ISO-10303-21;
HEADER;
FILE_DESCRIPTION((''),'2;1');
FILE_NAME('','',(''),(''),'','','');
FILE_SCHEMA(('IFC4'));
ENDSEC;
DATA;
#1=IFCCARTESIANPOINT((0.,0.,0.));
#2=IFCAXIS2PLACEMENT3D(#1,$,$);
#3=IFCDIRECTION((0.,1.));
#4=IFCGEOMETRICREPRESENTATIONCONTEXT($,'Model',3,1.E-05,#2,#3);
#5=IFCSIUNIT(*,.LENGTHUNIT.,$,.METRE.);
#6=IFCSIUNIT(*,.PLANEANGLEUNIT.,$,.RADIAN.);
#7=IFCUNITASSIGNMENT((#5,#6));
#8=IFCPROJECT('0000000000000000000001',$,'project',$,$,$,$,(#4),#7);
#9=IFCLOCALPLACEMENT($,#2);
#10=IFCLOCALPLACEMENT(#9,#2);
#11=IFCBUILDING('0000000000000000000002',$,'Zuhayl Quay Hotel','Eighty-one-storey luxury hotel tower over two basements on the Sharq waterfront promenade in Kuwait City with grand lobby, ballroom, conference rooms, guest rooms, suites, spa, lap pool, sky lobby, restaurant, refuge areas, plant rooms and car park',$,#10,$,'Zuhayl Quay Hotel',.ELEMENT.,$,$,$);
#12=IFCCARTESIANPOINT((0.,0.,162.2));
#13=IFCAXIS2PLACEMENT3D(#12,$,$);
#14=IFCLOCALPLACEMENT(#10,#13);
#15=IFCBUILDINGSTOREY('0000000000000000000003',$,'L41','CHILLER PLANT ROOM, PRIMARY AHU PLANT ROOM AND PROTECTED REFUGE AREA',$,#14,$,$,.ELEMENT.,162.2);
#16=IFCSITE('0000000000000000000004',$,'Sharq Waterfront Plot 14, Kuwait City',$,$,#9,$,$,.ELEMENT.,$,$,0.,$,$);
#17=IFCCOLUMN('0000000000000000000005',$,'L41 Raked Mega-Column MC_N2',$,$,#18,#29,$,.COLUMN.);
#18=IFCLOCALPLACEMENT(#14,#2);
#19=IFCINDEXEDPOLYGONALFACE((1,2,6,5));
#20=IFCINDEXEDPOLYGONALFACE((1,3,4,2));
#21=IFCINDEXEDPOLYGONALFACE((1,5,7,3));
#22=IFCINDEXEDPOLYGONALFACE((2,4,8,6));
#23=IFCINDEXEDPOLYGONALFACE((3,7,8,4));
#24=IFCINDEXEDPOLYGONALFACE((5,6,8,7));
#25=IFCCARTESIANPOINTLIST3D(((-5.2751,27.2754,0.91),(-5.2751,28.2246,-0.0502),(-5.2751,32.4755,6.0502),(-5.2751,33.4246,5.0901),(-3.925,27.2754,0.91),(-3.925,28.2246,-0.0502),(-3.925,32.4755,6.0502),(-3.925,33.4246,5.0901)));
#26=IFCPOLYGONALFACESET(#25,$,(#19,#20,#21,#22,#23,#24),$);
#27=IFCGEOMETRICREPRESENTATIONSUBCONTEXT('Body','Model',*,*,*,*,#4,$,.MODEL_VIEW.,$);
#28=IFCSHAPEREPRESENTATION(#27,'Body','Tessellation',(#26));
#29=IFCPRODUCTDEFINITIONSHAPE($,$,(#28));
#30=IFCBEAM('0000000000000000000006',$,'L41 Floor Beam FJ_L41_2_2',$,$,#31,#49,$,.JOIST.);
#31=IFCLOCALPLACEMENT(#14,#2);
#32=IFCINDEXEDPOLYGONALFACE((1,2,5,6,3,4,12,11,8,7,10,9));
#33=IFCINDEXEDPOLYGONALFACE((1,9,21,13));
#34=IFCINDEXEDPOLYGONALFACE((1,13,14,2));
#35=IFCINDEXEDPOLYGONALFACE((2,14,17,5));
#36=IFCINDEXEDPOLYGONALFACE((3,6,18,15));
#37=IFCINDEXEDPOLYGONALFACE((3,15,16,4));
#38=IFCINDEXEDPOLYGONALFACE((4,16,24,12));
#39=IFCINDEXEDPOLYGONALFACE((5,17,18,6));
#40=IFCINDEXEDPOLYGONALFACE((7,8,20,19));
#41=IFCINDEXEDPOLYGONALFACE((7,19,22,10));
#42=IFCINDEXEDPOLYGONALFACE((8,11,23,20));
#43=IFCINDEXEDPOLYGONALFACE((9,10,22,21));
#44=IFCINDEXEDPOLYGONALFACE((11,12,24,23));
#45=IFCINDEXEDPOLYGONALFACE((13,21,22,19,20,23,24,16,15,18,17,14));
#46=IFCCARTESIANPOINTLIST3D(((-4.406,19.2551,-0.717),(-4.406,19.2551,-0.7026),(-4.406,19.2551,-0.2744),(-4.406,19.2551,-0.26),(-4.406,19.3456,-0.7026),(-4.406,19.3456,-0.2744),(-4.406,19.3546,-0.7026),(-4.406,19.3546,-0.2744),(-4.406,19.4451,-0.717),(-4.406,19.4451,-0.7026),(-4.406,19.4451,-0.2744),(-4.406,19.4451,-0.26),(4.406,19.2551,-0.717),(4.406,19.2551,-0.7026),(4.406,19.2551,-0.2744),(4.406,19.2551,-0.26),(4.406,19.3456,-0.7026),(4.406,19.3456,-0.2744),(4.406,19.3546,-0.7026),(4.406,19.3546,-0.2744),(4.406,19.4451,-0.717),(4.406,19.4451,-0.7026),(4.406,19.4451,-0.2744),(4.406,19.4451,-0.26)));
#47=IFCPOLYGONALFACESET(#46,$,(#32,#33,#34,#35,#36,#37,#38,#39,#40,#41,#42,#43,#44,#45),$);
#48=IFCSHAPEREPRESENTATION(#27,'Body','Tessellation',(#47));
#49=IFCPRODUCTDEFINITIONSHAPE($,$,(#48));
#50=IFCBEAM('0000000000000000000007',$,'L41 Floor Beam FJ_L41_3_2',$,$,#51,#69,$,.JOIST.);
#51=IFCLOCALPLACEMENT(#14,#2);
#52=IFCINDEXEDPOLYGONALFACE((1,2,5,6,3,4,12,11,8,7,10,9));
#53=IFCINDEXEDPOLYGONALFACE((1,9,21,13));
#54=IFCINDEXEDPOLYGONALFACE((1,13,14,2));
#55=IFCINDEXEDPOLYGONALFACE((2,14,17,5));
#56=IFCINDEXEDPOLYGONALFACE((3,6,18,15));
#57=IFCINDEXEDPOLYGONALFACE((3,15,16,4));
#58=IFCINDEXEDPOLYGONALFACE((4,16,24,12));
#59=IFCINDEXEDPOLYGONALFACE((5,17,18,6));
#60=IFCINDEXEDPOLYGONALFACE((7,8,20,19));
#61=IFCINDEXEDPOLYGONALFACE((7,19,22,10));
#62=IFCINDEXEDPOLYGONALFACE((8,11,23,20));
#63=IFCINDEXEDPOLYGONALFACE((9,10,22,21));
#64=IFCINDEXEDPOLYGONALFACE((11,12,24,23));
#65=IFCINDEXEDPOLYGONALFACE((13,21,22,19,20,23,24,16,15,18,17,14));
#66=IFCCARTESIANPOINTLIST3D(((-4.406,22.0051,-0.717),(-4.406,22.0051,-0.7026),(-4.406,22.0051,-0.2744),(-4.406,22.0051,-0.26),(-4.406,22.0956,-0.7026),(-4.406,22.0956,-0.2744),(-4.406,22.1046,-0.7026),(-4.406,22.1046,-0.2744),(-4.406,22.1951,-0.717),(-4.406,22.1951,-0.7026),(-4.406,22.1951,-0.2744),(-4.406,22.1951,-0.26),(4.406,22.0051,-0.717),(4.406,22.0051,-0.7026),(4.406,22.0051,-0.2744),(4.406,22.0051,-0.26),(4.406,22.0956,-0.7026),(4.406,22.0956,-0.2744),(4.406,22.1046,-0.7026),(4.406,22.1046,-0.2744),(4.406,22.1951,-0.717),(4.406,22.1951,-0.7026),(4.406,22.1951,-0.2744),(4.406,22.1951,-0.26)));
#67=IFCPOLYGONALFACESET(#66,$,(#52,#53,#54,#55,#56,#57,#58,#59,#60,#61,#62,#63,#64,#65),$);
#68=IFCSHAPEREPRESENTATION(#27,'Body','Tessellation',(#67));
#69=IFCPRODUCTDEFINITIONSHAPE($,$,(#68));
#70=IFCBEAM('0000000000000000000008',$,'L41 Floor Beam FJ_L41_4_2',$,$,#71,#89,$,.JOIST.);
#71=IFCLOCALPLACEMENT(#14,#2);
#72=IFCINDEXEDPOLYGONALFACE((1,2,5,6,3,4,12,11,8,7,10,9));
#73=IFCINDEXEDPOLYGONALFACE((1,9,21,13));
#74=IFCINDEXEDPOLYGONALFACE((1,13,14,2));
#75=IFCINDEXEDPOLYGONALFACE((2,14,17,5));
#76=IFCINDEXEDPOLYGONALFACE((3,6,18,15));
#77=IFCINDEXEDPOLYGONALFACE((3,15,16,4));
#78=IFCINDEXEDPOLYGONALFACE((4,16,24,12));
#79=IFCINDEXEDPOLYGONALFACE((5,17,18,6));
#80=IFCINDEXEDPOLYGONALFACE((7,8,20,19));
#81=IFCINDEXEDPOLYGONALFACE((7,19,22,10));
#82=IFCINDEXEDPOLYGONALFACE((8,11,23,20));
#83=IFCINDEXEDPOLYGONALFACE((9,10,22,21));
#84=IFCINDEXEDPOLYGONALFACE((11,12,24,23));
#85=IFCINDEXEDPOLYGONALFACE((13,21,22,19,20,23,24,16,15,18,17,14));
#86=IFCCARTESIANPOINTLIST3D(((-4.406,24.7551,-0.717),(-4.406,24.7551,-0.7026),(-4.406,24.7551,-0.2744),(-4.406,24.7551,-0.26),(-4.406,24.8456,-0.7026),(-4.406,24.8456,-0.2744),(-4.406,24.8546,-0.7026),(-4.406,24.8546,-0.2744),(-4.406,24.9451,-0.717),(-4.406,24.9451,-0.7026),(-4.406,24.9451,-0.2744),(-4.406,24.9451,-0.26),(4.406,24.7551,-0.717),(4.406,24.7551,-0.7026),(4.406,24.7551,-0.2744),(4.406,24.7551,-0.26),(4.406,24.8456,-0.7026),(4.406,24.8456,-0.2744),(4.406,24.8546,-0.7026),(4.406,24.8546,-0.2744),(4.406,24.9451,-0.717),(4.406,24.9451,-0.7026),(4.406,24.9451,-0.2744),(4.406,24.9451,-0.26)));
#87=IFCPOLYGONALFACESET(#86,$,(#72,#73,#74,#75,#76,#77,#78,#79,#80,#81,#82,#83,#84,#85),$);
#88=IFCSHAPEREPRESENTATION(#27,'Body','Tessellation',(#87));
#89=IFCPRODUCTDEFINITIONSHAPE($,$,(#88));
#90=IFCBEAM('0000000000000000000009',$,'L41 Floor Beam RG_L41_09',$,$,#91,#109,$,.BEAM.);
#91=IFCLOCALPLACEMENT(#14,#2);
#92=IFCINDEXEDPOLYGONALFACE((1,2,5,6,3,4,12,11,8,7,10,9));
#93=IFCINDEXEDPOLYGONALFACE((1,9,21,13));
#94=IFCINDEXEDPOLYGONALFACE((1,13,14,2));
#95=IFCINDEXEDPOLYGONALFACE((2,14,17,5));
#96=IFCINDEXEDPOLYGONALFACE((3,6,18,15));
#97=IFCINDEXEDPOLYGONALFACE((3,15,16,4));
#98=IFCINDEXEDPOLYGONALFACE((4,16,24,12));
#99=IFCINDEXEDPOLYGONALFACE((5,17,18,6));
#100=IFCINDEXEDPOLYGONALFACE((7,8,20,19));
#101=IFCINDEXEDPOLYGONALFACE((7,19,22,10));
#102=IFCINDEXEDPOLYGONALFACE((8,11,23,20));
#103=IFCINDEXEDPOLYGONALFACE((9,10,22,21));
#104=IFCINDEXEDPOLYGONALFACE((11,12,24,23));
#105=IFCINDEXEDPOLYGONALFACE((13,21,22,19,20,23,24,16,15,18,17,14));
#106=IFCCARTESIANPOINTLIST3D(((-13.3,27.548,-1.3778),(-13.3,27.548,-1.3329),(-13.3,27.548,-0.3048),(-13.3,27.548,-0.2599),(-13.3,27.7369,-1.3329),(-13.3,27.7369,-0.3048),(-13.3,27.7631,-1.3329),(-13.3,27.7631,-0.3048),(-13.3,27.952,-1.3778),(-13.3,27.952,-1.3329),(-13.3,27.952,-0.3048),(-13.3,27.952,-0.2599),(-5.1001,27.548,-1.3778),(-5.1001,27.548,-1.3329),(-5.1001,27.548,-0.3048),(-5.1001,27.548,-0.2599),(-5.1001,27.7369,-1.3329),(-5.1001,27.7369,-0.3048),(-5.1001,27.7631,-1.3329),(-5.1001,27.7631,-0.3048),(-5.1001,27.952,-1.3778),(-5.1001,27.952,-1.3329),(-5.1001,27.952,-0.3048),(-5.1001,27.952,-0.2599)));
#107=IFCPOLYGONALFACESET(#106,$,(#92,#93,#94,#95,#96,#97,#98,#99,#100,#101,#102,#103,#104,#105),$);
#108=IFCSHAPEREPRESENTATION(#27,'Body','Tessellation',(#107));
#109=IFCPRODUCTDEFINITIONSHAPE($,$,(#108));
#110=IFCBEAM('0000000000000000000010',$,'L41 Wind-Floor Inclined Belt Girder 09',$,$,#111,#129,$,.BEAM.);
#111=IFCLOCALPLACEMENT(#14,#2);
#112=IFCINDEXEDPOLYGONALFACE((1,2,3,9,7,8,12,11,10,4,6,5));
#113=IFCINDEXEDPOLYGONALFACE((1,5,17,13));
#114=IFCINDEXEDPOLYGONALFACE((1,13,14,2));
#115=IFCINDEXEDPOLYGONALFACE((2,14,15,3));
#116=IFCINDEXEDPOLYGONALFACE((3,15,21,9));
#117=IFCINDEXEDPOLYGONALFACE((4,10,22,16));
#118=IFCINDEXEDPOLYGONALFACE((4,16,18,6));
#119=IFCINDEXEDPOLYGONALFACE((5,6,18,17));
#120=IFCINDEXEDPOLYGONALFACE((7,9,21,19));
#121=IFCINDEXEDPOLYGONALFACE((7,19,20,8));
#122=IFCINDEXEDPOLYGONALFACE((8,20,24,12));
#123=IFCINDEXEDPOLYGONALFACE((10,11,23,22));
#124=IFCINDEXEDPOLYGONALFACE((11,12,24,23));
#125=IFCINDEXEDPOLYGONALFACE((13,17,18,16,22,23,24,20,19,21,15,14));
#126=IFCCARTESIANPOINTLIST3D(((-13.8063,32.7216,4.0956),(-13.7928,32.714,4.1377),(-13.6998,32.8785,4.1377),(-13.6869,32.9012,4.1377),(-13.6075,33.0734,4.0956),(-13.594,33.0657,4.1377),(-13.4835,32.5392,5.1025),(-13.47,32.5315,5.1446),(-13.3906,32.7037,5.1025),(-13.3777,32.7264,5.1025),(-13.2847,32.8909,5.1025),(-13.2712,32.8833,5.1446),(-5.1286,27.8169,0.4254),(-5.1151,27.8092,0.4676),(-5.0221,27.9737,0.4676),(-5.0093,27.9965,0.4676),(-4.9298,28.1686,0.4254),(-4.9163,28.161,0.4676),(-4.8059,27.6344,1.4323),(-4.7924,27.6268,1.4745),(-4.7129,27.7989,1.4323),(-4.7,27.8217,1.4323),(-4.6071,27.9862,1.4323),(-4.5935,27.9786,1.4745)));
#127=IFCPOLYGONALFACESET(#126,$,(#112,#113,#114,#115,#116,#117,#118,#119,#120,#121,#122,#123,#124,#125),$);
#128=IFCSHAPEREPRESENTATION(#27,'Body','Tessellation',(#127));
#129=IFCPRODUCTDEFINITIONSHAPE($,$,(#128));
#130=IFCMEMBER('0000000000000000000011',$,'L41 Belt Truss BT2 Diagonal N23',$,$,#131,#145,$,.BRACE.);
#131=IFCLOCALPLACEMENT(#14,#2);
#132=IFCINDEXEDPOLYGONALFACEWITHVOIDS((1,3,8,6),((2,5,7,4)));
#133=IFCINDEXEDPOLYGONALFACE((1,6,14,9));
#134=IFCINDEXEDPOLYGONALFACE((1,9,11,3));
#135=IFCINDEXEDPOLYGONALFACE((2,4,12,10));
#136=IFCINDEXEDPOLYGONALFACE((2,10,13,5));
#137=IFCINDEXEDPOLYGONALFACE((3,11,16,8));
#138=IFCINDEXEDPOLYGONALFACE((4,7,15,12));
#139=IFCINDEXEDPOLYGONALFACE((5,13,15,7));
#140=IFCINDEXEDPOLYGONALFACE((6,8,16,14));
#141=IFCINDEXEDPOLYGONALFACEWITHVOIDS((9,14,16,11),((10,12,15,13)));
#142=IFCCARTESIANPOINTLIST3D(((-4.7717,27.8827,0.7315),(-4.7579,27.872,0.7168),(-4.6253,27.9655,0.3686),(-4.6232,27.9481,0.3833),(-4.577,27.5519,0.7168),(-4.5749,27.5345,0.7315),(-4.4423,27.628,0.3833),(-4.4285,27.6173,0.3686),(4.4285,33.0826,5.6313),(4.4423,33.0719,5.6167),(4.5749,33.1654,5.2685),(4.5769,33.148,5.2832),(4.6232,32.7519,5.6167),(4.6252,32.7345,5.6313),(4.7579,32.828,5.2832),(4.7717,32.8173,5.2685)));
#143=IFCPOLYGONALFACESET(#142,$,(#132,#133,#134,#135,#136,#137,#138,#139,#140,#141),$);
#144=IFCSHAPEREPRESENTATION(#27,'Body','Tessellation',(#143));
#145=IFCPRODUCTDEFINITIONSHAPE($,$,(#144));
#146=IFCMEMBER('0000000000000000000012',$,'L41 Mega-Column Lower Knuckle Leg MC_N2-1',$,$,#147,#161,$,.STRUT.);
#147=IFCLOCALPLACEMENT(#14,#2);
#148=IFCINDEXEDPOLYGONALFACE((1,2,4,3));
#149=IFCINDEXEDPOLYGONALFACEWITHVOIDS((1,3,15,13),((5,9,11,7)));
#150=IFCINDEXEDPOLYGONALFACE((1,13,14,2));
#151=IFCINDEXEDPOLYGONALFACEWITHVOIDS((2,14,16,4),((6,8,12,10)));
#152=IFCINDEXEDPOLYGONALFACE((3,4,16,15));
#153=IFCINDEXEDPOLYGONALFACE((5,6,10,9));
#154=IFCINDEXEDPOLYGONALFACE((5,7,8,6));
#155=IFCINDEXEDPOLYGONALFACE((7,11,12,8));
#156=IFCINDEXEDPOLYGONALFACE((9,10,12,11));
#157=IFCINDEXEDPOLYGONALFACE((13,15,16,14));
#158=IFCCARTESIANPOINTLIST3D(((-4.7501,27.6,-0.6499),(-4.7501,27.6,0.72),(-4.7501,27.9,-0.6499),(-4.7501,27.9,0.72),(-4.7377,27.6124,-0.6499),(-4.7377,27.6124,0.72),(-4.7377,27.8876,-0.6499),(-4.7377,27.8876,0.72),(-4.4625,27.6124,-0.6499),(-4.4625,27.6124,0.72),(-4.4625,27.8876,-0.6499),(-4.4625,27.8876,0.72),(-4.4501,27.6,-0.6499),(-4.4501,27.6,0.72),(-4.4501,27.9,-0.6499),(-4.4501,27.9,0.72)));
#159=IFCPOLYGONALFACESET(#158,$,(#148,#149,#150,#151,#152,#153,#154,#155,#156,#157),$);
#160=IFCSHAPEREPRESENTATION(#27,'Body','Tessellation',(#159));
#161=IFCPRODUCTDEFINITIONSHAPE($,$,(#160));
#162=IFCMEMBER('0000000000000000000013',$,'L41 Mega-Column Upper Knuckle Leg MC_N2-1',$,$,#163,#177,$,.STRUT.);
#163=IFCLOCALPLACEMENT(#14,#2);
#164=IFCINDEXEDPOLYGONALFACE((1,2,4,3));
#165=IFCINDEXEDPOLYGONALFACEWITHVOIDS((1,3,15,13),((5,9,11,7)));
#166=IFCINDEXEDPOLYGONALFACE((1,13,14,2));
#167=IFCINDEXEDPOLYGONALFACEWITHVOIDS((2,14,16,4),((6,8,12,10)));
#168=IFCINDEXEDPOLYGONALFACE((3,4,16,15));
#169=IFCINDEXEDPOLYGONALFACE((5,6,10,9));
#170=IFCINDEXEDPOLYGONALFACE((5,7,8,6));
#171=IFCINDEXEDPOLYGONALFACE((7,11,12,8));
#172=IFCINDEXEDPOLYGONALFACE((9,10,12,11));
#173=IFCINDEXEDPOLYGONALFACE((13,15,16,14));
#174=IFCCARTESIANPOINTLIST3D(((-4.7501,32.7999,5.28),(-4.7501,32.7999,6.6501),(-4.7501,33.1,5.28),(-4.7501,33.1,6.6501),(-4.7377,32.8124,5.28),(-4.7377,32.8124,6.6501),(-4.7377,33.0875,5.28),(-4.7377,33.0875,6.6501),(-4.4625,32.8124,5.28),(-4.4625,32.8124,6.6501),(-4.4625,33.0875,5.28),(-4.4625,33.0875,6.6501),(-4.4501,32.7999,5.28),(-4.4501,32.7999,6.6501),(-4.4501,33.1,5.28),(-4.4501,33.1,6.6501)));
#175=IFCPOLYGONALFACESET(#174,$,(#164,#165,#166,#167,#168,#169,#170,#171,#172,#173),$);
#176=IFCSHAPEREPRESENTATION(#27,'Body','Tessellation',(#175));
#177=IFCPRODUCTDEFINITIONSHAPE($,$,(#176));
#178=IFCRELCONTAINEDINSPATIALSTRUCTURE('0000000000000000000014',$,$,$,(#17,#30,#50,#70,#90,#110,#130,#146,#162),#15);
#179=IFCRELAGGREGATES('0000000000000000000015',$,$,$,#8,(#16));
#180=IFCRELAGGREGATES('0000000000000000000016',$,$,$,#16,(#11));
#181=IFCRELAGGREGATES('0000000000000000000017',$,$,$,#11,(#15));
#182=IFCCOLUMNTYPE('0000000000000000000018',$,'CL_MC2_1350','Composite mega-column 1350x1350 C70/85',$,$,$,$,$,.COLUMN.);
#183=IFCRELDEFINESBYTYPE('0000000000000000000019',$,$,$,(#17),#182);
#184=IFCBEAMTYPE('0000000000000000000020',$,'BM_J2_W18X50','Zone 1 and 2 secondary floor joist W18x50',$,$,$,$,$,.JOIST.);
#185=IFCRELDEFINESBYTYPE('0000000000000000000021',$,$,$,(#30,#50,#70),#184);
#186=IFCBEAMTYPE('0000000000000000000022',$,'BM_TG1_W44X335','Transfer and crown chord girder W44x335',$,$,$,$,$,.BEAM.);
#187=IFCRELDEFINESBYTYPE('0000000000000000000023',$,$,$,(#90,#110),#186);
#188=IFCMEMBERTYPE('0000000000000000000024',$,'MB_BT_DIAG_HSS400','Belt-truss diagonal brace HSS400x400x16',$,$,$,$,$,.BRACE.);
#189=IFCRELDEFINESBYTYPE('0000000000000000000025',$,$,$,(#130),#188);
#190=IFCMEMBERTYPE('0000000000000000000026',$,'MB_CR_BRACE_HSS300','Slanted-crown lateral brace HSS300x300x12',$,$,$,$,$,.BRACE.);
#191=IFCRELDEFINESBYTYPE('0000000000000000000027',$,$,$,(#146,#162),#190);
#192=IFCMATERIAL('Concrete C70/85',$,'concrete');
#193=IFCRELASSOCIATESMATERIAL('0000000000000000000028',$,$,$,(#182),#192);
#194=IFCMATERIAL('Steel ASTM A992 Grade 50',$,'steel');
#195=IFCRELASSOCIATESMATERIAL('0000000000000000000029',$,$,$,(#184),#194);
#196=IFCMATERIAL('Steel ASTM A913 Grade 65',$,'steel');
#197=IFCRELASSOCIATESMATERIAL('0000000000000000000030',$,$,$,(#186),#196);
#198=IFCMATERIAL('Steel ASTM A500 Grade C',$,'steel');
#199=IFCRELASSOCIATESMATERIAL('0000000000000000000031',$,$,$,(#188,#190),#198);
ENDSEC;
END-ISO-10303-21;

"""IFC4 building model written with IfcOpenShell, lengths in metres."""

from ifc_helpers import new_model, si_unit, direction, frame, origin, origin_2d, place, context, subcontext, project, spatial, rectangle, hollow_rectangle, i_section, extrude, material, material_profile, profile_set, type_object, element, save


model = new_model("IFC4")

# Units and contexts
model_context = context("Model", 3, precision=1e-05, world=origin(), true_north=direction((0.0, 1.0)))
body_context = subcontext(model_context, "Body", "Model", "MODEL_VIEW")
ifc_project = project(units=[si_unit("LENGTHUNIT", "METRE"), si_unit("PLANEANGLEUNIT", "RADIAN")], contexts=[model_context])

# Site, building, storey
site_placement = place(None, origin())
site = spatial("IfcSite", under=ifc_project, at=site_placement, Name="Sharq Waterfront Plot 14, Kuwait City", CompositionType="ELEMENT", RefElevation=0.0)
building_placement = place(site_placement, origin())
building = spatial("IfcBuilding", under=site, at=building_placement, Name="Zuhayl Quay Hotel", Description="Eighty-one-storey luxury hotel tower over two basements on the Sharq waterfront promenade in Kuwait City with grand lobby, ballroom, conference rooms, guest rooms, suites, spa, lap pool, sky lobby, restaurant, refuge areas, plant rooms and car park", LongName="Zuhayl Quay Hotel", CompositionType="ELEMENT")
storey_placement = place(building_placement, frame((0.0, 0.0, 162.2)))
storey = spatial("IfcBuildingStorey", under=building, at=storey_placement, Name="L41", Description="CHILLER PLANT ROOM, PRIMARY AHU PLANT ROOM AND PROTECTED REFUGE AREA", CompositionType="ELEMENT", Elevation=162.2)

# Column
ifc_material_1 = material(Name="Concrete C70/85", Category="concrete")
ifc_material_profile_1 = material_profile(ifc_material_1, rectangle(XDim=1.3501, YDim=1.3501, at=origin_2d()), Name="RC1350X1350")
ifc_profile_set_1 = profile_set([ifc_material_profile_1], Name="Concrete C70/85")
column_type = type_object("IfcColumnType", Name="CL_MC2_1350", Description="Composite mega-column 1350x1350 C70/85", PredefinedType="COLUMN", material=ifc_profile_set_1)
column_placement = place(storey_placement, frame((-4.6001, 27.75, 0.4299), z_axis=(0.0, 0.711185, 0.703005), x_axis=(-1.0, 0.0, 0.0)))
element("IfcColumn", 1, at=column_placement, inside=storey, type_object=column_type, Name="L41 Raked Mega-Column MC_N2", PredefinedType="COLUMN", context=body_context, shape_type="SweptSolid", body=[
    extrude(rectangle(XDim=1.3501, YDim=1.3501, at=origin_2d()), origin(), (0.0, 0.0, 1.0), 7.3118),
])

# Beams
ifc_material_2 = material(Name="Steel ASTM A992 Grade 50", Category="steel")
ifc_material_profile_2 = material_profile(ifc_material_2, i_section(OverallWidth=0.1899, OverallDepth=0.457, WebThickness=0.009, FlangeThickness=0.0144, at=origin_2d()), Name="W18X50")
ifc_profile_set_2 = profile_set([ifc_material_profile_2], Name="Steel ASTM A992 Grade 50")
beam_type_1 = type_object("IfcBeamType", Name="BM_J2_W18X50", Description="Zone 1 and 2 secondary floor joist W18x50", PredefinedType="JOIST", material=ifc_profile_set_2)
for number, where, z_axis, x_axis, name in (
    (2, (-4.406, 19.3501, -0.4885), (1.0, 0.0, 0.0), (0.0, 1.0, 0.0), "L41 Floor Beam FJ_L41_2_2"),
    (3, (-4.406, 22.1001, -0.4885), (1.0, 0.0, 0.0), (0.0, 1.0, 0.0), "L41 Floor Beam FJ_L41_3_2"),
    (4, (-4.406, 24.8501, -0.4885), (1.0, 0.0, 0.0), (0.0, 1.0, 0.0), "L41 Floor Beam FJ_L41_4_2"),
):
    element("IfcBeam", number, at=place(storey_placement, frame(where, z_axis=z_axis, x_axis=x_axis)), inside=storey, type_object=beam_type_1, Name=name, PredefinedType="JOIST", context=body_context, shape_type="SweptSolid", body=[
        extrude(i_section(OverallWidth=0.1899, OverallDepth=0.457, WebThickness=0.009, FlangeThickness=0.0144, at=origin_2d()), origin(), (0.0, 0.0, 1.0), 8.812),
    ])
ifc_material_3 = material(Name="Steel ASTM A913 Grade 65", Category="steel")
ifc_material_profile_3 = material_profile(ifc_material_3, i_section(OverallWidth=0.4041, OverallDepth=1.1179, WebThickness=0.0261, FlangeThickness=0.0449, at=origin_2d()), Name="W44X335")
ifc_profile_set_3 = profile_set([ifc_material_profile_3], Name="Steel ASTM A913 Grade 65")
beam_type_2 = type_object("IfcBeamType", Name="BM_TG1_W44X335", Description="Transfer and crown chord girder W44x335", PredefinedType="BEAM", material=ifc_profile_set_3)
beam_1_placement = place(storey_placement, frame((-5.1001, 27.75, -0.8188), z_axis=(-1.0, 0.0, 0.0), x_axis=(0.0, -1.0, 0.0)))
element("IfcBeam", 5, at=beam_1_placement, inside=storey, type_object=beam_type_2, Name="L41 Floor Beam RG_L41_09", PredefinedType="BEAM", context=body_context, shape_type="SweptSolid", body=[
    extrude(i_section(OverallWidth=0.4041, OverallDepth=1.1179, WebThickness=0.0261, FlangeThickness=0.0449, at=origin_2d()), origin(), (0.0, 0.0, 1.0), 8.2),
])
beam_2_placement = place(storey_placement, frame((-4.8611, 27.8977, 0.95), z_axis=(-0.816947, 0.461751, 0.34552), x_axis=(-0.492056, -0.870564, 0.0)))
element("IfcBeam", 6, at=beam_2_placement, inside=storey, type_object=beam_type_2, Name="L41 Wind-Floor Inclined Belt Girder 09", PredefinedType="BEAM", context=body_context, shape_type="SweptSolid", body=[
    extrude(i_section(OverallWidth=0.4041, OverallDepth=1.1179, WebThickness=0.0261, FlangeThickness=0.0449, at=origin_2d()), origin(), (0.0, 0.0, 1.0), 10.6221),
])

# Members
ifc_material_4 = material(Name="Steel ASTM A500 Grade C", Category="steel")
ifc_material_profile_4 = material_profile(ifc_material_4, hollow_rectangle(XDim=0.3999, YDim=0.3999, WallThickness=0.0161, at=origin_2d()), Name="HSS400X400X16")
ifc_profile_set_4 = profile_set([ifc_material_profile_4], Name="Steel ASTM A500 Grade C")
member_type_1 = type_object("IfcMemberType", Name="MB_BT_DIAG_HSS400", Description="Belt-truss diagonal brace HSS400x400x16", PredefinedType="BRACE", material=ifc_profile_set_4)
member_1_placement = place(storey_placement, frame((-4.6001, 27.75, 0.55), z_axis=(0.789805, 0.446398, 0.42064), x_axis=(-0.492046, 0.870569, 0.0)))
element("IfcMember", 7, at=member_1_placement, inside=storey, type_object=member_type_1, Name="L41 Belt Truss BT2 Diagonal N23", PredefinedType="BRACE", context=body_context, shape_type="SweptSolid", body=[
    extrude(hollow_rectangle(XDim=0.3999, YDim=0.3999, WallThickness=0.0161, at=origin_2d()), origin(), (0.0, 0.0, 1.0), 11.6487),
])
ifc_material_profile_5 = material_profile(ifc_material_4, hollow_rectangle(XDim=0.3, YDim=0.3, WallThickness=0.0125, at=origin_2d()), Name="HSS300X300X12")
ifc_profile_set_5 = profile_set([ifc_material_profile_5], Name="Steel ASTM A500 Grade C")
member_type_2 = type_object("IfcMemberType", Name="MB_CR_BRACE_HSS300", Description="Slanted-crown lateral brace HSS300x300x12", PredefinedType="BRACE", material=ifc_profile_set_5)
member_2_placement = place(storey_placement, frame((-4.6001, 27.75, -0.6499), z_axis=(0.0, 0.0, 1.0), x_axis=(1.0, 0.0, 0.0)))
element("IfcMember", 8, at=member_2_placement, inside=storey, type_object=member_type_2, Name="L41 Mega-Column Lower Knuckle Leg MC_N2-1", PredefinedType="STRUT", context=body_context, shape_type="SweptSolid", body=[
    extrude(hollow_rectangle(XDim=0.3, YDim=0.3, WallThickness=0.0125, at=origin_2d()), origin(), (0.0, 0.0, 1.0), 1.3699),
])
member_3_placement = place(storey_placement, frame((-4.6001, 32.95, 5.28), z_axis=(0.0, 0.0, 1.0), x_axis=(1.0, 0.0, 0.0)))
element("IfcMember", 9, at=member_3_placement, inside=storey, type_object=member_type_2, Name="L41 Mega-Column Upper Knuckle Leg MC_N2-1", PredefinedType="STRUT", context=body_context, shape_type="SweptSolid", body=[
    extrude(hollow_rectangle(XDim=0.3, YDim=0.3, WallThickness=0.0125, at=origin_2d()), origin(), (0.0, 0.0, 1.0), 1.3701),
])

save(model, "model.ifc")
